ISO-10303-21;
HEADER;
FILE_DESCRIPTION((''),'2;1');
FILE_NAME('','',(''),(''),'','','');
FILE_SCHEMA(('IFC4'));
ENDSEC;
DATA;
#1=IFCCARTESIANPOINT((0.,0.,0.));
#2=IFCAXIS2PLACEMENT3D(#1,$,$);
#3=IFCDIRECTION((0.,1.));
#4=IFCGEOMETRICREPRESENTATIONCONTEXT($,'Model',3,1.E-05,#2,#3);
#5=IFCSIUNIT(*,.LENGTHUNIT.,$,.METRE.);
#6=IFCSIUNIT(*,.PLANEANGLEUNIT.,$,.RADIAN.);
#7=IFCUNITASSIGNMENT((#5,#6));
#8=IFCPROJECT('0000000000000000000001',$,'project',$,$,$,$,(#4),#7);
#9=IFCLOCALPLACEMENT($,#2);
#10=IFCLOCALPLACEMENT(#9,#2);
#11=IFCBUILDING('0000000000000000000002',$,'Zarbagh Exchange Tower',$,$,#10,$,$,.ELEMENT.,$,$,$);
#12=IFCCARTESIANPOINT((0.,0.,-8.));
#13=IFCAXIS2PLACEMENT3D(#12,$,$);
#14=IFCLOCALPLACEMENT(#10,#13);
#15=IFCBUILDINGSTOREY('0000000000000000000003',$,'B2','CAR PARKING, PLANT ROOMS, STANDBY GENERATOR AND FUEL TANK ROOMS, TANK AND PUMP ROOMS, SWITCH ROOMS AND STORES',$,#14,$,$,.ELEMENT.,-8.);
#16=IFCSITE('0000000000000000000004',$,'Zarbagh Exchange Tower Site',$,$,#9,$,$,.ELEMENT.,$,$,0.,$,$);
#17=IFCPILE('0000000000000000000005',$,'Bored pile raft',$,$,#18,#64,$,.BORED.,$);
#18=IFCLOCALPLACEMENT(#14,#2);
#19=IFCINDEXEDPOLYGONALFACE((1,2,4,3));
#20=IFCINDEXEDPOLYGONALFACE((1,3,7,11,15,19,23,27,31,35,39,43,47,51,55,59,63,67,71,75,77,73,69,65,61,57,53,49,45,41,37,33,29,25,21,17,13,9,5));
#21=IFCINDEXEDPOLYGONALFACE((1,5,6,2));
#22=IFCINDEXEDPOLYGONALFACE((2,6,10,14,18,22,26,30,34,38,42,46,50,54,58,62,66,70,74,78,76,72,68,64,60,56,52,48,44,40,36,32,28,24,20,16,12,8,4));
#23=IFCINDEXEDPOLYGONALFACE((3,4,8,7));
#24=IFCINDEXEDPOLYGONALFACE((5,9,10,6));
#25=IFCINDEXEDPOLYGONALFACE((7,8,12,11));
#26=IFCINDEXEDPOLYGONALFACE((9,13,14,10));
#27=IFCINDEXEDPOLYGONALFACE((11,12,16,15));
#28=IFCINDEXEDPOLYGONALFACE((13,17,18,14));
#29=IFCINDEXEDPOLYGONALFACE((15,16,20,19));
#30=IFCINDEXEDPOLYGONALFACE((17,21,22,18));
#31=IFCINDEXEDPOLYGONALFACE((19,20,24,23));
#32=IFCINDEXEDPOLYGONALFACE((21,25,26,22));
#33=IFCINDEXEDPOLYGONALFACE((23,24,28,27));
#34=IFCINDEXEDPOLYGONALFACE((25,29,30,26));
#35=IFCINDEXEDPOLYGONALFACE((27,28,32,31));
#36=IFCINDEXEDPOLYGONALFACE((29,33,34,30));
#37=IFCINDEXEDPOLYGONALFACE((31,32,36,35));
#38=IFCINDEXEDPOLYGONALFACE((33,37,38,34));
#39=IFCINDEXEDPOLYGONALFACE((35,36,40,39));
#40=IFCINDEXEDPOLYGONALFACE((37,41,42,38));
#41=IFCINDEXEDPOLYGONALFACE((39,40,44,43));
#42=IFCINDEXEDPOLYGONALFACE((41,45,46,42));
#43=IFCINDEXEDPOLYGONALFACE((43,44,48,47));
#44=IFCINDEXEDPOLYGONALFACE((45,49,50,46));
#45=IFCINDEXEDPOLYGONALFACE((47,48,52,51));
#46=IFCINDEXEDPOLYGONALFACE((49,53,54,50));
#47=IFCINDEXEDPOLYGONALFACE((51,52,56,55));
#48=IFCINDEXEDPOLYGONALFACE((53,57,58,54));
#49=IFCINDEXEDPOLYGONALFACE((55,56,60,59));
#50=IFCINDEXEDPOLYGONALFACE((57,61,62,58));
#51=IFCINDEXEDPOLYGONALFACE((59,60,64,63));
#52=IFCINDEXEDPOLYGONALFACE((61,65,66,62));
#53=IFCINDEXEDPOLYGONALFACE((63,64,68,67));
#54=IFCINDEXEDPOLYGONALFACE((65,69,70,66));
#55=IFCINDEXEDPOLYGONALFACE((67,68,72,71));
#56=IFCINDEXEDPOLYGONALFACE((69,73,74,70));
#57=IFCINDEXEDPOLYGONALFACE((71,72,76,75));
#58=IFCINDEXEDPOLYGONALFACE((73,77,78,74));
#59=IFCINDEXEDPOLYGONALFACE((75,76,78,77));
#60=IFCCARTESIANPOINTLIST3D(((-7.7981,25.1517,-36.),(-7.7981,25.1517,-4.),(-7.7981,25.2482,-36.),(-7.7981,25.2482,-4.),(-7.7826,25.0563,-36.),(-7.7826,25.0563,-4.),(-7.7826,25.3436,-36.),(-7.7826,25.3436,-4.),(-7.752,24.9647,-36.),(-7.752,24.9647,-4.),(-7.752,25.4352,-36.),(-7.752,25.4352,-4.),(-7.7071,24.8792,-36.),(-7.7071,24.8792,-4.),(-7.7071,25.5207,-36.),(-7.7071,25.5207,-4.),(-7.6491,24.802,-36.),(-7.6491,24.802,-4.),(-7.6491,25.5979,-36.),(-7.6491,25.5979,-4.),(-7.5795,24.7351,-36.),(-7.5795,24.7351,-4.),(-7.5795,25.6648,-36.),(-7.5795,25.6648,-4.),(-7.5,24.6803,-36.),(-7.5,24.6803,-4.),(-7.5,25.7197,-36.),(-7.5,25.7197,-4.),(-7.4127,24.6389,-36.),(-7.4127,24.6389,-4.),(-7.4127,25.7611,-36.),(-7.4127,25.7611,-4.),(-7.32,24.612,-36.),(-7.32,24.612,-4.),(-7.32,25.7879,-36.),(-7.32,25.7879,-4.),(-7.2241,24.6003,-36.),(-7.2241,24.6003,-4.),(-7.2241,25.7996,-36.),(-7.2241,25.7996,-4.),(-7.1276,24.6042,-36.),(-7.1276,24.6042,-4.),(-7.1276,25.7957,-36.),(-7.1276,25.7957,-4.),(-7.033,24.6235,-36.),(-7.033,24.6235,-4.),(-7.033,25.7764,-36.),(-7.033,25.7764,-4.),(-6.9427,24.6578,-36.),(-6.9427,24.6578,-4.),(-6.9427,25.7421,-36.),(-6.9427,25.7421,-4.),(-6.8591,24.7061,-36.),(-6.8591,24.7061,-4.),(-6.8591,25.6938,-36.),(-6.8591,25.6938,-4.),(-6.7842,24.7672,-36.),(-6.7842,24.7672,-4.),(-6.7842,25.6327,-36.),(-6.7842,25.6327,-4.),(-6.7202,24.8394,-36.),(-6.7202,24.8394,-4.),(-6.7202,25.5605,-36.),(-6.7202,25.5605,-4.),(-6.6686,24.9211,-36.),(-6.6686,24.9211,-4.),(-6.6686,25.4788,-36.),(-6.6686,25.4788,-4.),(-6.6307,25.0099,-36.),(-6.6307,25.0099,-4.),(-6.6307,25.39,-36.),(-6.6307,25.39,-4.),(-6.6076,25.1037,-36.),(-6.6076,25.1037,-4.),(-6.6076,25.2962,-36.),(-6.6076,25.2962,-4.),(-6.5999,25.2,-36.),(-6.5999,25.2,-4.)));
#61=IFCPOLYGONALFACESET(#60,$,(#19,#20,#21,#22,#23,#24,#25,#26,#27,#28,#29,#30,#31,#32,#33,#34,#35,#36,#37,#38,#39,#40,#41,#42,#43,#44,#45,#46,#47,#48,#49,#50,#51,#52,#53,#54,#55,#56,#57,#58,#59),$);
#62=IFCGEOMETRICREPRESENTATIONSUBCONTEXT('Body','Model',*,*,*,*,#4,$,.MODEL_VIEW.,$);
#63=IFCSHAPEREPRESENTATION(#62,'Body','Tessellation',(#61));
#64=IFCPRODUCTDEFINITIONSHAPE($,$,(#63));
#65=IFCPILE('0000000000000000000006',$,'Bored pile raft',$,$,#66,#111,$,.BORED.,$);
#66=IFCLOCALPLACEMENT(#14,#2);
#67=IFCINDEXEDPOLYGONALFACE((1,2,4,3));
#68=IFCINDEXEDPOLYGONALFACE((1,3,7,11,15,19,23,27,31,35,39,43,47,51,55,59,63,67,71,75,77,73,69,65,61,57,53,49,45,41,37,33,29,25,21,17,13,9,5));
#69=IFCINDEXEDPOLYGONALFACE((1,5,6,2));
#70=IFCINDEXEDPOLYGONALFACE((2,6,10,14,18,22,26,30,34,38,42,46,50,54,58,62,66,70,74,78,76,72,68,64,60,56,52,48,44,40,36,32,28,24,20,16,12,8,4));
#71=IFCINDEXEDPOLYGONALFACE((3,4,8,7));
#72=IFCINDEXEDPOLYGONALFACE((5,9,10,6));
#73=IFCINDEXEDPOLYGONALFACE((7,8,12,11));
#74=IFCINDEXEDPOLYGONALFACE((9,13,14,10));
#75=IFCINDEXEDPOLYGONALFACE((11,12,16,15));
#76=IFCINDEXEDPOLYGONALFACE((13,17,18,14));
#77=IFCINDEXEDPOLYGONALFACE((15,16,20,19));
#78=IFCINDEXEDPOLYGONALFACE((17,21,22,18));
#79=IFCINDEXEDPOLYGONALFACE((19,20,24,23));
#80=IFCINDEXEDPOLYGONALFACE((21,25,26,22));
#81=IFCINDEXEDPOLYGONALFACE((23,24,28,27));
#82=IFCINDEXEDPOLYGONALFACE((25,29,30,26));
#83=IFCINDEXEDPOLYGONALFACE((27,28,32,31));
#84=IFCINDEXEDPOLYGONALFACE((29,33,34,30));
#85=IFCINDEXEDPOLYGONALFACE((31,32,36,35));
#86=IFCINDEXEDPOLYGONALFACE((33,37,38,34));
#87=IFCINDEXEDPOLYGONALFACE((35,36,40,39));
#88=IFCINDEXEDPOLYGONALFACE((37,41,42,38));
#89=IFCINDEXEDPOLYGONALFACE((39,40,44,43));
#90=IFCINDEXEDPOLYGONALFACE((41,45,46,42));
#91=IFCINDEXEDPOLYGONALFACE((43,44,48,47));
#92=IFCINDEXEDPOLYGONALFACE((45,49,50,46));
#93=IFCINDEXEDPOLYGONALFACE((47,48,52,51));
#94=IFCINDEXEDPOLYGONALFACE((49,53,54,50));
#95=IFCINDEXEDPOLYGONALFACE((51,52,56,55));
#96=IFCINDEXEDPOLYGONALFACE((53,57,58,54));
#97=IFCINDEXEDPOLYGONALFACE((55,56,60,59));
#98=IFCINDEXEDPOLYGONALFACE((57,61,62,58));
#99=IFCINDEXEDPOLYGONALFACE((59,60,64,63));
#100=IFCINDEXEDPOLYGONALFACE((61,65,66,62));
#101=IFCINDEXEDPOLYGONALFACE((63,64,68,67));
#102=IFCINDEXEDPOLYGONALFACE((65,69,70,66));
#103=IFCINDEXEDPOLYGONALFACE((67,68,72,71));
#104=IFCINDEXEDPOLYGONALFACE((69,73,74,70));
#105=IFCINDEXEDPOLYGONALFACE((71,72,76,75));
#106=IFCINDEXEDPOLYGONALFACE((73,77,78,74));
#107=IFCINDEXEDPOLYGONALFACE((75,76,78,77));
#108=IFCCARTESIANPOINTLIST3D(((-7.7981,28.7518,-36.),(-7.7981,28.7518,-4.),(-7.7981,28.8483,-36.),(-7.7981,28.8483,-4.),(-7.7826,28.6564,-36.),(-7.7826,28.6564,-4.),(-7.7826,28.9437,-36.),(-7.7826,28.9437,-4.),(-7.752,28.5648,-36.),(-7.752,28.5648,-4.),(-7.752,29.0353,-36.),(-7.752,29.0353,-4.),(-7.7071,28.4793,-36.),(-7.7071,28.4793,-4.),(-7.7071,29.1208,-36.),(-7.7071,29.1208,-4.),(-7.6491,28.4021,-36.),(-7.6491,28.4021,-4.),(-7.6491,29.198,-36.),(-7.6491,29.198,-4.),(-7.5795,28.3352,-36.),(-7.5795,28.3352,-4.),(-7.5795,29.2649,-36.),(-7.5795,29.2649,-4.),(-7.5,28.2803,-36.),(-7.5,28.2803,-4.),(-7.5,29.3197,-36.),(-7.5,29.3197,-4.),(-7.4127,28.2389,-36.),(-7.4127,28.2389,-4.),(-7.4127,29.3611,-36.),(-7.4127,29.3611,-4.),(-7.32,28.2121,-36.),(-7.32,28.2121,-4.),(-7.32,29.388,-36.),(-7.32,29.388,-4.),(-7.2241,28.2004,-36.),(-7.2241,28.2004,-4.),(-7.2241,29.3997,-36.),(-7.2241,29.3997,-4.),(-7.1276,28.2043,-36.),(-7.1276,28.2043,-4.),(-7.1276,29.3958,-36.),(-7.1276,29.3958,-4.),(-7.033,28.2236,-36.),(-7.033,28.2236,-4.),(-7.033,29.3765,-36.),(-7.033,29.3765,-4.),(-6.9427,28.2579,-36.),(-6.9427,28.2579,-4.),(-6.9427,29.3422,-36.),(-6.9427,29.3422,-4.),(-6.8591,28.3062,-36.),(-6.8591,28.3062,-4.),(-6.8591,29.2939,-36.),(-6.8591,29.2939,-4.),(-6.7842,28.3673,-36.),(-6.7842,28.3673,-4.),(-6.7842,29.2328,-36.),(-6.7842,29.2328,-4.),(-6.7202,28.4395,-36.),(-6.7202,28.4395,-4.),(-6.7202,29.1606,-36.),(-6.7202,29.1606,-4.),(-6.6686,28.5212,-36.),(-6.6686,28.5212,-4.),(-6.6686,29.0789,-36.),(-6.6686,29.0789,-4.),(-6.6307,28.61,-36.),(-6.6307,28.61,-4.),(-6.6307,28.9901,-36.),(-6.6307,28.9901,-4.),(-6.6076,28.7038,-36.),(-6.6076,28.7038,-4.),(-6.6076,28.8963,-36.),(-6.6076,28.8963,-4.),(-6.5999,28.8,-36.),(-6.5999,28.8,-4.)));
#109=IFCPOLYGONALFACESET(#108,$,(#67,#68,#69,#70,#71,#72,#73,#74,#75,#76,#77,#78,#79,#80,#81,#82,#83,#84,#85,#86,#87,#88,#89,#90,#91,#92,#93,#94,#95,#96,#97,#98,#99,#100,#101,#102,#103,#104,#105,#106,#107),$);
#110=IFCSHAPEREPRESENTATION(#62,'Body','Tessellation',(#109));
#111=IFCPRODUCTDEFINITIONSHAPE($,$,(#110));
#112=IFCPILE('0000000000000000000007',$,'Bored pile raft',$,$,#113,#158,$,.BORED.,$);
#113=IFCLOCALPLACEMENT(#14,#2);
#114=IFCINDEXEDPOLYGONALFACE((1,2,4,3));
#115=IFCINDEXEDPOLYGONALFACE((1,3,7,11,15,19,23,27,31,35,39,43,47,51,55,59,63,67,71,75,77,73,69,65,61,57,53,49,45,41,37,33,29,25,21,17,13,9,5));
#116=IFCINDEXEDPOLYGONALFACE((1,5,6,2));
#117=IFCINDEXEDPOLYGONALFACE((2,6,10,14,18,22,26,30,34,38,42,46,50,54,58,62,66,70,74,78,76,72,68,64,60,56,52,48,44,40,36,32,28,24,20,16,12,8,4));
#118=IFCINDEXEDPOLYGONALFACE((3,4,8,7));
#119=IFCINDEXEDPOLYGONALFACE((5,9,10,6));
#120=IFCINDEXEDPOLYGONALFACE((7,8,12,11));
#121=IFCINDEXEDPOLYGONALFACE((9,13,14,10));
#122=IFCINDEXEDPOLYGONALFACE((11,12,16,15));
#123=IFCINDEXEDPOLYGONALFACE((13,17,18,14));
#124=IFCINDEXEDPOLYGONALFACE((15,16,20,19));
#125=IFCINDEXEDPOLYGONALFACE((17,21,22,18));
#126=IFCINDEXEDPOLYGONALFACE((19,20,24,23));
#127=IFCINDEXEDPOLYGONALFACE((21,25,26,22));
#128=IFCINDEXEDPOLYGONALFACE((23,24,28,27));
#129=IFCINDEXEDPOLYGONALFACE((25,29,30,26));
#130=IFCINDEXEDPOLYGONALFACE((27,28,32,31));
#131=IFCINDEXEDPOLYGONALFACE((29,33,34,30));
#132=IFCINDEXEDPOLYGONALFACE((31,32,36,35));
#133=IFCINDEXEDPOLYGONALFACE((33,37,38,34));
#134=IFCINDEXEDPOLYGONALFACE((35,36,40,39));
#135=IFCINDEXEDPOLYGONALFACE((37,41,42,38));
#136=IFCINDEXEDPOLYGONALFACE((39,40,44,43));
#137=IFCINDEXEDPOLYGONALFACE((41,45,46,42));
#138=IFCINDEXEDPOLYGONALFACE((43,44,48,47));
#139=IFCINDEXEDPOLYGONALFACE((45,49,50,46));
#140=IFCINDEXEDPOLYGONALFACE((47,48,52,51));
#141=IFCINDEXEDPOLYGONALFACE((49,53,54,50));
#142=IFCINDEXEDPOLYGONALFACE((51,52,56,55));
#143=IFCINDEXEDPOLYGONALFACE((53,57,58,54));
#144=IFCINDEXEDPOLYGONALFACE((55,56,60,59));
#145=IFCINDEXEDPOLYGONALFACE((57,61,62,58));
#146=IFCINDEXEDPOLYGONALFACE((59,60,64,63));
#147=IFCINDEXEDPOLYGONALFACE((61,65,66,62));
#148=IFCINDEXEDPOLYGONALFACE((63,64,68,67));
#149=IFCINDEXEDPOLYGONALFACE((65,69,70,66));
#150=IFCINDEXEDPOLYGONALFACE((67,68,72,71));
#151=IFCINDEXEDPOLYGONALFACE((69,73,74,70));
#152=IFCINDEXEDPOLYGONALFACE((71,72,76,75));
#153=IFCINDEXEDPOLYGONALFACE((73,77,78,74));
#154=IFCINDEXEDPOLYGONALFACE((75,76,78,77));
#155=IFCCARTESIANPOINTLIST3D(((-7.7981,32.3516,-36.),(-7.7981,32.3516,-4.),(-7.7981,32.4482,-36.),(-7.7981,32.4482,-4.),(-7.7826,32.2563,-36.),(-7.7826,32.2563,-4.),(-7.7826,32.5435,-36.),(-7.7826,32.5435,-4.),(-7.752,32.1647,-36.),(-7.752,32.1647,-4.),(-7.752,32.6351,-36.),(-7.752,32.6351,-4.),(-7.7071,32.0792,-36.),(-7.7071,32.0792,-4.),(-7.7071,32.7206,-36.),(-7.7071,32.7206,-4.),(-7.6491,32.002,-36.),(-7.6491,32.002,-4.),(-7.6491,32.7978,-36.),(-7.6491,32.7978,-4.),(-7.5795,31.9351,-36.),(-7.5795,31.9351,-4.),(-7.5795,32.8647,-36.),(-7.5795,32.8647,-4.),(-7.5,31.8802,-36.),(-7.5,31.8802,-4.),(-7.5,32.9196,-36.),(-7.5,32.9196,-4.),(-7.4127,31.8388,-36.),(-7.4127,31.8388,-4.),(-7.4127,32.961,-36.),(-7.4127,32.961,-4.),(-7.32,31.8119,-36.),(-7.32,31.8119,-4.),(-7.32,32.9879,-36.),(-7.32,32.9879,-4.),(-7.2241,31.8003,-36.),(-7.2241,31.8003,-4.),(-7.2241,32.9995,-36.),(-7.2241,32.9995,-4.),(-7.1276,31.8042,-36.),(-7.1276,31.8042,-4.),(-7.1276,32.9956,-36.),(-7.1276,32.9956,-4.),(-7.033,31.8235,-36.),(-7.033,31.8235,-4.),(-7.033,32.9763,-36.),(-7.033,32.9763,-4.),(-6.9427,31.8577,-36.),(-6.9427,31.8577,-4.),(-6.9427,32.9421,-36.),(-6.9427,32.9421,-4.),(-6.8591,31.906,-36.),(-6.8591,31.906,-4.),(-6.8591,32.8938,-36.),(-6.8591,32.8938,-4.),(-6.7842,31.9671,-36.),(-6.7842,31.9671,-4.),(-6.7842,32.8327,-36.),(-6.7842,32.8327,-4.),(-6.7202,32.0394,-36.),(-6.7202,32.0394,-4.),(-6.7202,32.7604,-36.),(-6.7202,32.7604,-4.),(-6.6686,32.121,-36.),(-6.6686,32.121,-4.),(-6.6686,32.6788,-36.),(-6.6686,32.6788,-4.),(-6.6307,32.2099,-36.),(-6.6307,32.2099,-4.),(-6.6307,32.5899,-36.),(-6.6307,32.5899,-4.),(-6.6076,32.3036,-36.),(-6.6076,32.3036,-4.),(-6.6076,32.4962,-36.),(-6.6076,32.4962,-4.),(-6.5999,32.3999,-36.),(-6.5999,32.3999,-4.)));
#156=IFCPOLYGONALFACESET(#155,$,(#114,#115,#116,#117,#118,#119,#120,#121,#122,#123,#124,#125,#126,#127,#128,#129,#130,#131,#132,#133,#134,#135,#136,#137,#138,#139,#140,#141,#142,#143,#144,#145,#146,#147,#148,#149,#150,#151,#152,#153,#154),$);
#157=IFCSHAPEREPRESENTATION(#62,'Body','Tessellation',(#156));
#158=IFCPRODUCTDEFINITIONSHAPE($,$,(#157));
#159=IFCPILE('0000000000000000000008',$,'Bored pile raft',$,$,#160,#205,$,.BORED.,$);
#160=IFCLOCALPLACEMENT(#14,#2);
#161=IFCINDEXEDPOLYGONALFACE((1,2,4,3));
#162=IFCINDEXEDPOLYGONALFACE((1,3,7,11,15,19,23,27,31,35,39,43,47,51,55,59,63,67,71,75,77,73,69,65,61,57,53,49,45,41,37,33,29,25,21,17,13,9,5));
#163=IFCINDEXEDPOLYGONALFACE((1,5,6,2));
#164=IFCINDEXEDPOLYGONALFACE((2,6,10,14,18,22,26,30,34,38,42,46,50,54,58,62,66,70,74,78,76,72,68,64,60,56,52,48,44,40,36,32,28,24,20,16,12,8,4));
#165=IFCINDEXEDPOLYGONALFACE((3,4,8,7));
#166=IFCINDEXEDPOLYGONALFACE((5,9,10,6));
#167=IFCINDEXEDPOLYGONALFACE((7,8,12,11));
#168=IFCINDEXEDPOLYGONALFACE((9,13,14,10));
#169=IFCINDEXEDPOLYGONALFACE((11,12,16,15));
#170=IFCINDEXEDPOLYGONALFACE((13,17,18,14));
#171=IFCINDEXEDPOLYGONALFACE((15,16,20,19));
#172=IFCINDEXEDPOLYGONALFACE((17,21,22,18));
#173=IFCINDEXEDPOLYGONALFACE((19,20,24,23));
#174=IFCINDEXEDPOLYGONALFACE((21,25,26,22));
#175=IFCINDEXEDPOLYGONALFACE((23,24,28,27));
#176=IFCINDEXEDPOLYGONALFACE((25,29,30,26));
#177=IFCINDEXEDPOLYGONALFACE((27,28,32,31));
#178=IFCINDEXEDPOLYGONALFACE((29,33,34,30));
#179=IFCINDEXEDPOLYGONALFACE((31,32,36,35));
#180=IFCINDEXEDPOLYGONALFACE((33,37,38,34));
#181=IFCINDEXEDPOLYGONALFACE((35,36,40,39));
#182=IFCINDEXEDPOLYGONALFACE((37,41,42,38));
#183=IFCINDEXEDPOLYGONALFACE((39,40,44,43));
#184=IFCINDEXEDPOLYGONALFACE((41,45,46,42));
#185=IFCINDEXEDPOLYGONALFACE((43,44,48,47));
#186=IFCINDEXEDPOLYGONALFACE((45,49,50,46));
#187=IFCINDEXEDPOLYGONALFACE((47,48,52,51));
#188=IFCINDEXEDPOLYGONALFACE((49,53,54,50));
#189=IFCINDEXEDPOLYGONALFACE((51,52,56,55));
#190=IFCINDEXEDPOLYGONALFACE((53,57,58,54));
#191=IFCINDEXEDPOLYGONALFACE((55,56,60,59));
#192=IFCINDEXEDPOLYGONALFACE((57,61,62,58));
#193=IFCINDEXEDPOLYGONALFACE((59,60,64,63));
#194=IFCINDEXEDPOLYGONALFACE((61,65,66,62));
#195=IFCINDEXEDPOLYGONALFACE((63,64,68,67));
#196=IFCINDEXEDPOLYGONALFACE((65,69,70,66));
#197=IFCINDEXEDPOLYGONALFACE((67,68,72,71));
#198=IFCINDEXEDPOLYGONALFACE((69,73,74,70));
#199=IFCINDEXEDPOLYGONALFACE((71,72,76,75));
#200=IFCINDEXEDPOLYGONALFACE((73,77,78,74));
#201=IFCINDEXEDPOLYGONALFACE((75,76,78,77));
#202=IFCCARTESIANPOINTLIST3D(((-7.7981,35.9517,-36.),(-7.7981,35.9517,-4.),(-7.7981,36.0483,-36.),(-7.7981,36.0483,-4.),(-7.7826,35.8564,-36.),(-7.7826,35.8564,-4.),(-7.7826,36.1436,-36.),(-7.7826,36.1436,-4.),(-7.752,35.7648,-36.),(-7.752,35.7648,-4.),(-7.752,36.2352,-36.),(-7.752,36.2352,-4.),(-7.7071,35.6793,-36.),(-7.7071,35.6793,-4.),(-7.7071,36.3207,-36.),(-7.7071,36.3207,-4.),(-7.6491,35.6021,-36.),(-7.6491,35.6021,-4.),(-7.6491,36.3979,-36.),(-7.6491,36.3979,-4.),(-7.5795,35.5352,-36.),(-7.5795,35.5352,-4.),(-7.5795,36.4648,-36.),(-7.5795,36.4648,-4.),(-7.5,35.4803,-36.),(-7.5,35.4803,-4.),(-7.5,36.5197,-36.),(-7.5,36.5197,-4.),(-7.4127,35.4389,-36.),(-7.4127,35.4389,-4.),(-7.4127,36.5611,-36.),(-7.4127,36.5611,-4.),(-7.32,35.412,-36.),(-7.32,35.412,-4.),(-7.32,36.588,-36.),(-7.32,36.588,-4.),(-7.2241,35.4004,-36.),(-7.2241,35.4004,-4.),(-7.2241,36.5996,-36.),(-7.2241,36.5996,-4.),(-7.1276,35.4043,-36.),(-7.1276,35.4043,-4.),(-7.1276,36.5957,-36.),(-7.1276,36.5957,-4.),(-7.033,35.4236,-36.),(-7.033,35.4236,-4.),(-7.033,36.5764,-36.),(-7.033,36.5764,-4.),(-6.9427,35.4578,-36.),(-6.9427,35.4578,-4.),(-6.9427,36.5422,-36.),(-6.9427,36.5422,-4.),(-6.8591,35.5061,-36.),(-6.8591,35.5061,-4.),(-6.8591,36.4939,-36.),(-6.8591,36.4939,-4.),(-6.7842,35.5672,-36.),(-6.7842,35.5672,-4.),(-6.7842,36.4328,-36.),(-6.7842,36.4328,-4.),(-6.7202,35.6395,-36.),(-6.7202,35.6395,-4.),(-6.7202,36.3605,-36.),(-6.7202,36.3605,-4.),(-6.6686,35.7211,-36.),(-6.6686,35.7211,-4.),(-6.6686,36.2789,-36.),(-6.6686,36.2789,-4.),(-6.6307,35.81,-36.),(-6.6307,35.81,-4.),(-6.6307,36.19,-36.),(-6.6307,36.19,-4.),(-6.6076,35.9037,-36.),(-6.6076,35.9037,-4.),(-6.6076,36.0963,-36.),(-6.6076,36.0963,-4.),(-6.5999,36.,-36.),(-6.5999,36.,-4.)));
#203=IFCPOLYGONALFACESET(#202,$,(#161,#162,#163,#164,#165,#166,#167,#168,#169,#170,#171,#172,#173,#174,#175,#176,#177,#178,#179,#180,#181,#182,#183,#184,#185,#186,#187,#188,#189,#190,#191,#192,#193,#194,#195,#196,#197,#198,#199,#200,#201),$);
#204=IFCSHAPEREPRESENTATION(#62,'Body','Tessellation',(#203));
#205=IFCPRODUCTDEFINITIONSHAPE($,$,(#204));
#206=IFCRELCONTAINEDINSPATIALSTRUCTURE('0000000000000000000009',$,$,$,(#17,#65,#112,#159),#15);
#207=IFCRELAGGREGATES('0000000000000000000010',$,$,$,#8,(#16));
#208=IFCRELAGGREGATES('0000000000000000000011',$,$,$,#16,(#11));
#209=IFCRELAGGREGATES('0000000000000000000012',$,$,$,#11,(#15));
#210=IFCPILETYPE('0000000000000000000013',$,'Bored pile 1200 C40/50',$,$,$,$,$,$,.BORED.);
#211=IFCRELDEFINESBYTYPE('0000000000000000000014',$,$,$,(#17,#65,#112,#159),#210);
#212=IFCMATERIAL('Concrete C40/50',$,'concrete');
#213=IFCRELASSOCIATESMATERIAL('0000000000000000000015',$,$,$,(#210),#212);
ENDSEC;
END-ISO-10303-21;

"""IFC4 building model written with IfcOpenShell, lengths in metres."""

from ifc_helpers import new_model, si_unit, direction, frame, origin, origin_2d, place, context, subcontext, project, spatial, circle, extrude, material, material_profile, profile_set, type_object, element, save


model = new_model("IFC4")

# Units and contexts
model_context = context("Model", 3, precision=1e-05, world=origin(), true_north=direction((0.0, 1.0)))
body_context = subcontext(model_context, "Body", "Model", "MODEL_VIEW")
ifc_project = project(units=[si_unit("LENGTHUNIT", "METRE"), si_unit("PLANEANGLEUNIT", "RADIAN")], contexts=[model_context])

# Site, building, storey
site_placement = place(None, origin())
site = spatial("IfcSite", under=ifc_project, at=site_placement, Name="Zarbagh Exchange Tower Site", CompositionType="ELEMENT", RefElevation=0.0)
building_placement = place(site_placement, origin())
building = spatial("IfcBuilding", under=site, at=building_placement, Name="Zarbagh Exchange Tower", CompositionType="ELEMENT")
storey_placement = place(building_placement, frame((0.0, 0.0, -8.0)))
storey = spatial("IfcBuildingStorey", under=building, at=storey_placement, Name="B2", Description="CAR PARKING, PLANT ROOMS, STANDBY GENERATOR AND FUEL TANK ROOMS, TANK AND PUMP ROOMS, SWITCH ROOMS AND STORES", CompositionType="ELEMENT", Elevation=-8.0)

# Piles
ifc_material_1 = material(Name="Concrete C40/50", Category="concrete")
ifc_material_profile_1 = material_profile(ifc_material_1, circle(Radius=0.6001, at=origin_2d()), Name="Bored pile 1200 C40/50")
ifc_profile_set_1 = profile_set([ifc_material_profile_1], Name="Concrete C40/50")
pile_type = type_object("IfcPileType", Name="Bored pile 1200 C40/50", PredefinedType="BORED", material=ifc_profile_set_1)
for number, where, z_axis, x_axis, name in (
    (1, (-7.2, 25.2, -4.0), (0.0, 0.0, -1.0), (1.0, 0.0, 0.0), "Bored pile raft"),
    (2, (-7.2, 28.8, -4.0), (0.0, 0.0, -1.0), (1.0, 0.0, 0.0), "Bored pile raft"),
    (3, (-7.2, 32.3999, -4.0), (0.0, 0.0, -1.0), (1.0, 0.0, 0.0), "Bored pile raft"),
    (4, (-7.2, 36.0, -4.0), (0.0, 0.0, -1.0), (1.0, 0.0, 0.0), "Bored pile raft"),
):
    element("IfcPile", number, at=place(storey_placement, frame(where, z_axis=z_axis, x_axis=x_axis)), inside=storey, type_object=pile_type, Name=name, PredefinedType="BORED", context=body_context, shape_type="SweptSolid", body=[
        extrude(circle(Radius=0.6001, at=origin_2d()), origin(), (0.0, 0.0, 1.0), 32.0),
    ])

save(model, "model.ifc")
